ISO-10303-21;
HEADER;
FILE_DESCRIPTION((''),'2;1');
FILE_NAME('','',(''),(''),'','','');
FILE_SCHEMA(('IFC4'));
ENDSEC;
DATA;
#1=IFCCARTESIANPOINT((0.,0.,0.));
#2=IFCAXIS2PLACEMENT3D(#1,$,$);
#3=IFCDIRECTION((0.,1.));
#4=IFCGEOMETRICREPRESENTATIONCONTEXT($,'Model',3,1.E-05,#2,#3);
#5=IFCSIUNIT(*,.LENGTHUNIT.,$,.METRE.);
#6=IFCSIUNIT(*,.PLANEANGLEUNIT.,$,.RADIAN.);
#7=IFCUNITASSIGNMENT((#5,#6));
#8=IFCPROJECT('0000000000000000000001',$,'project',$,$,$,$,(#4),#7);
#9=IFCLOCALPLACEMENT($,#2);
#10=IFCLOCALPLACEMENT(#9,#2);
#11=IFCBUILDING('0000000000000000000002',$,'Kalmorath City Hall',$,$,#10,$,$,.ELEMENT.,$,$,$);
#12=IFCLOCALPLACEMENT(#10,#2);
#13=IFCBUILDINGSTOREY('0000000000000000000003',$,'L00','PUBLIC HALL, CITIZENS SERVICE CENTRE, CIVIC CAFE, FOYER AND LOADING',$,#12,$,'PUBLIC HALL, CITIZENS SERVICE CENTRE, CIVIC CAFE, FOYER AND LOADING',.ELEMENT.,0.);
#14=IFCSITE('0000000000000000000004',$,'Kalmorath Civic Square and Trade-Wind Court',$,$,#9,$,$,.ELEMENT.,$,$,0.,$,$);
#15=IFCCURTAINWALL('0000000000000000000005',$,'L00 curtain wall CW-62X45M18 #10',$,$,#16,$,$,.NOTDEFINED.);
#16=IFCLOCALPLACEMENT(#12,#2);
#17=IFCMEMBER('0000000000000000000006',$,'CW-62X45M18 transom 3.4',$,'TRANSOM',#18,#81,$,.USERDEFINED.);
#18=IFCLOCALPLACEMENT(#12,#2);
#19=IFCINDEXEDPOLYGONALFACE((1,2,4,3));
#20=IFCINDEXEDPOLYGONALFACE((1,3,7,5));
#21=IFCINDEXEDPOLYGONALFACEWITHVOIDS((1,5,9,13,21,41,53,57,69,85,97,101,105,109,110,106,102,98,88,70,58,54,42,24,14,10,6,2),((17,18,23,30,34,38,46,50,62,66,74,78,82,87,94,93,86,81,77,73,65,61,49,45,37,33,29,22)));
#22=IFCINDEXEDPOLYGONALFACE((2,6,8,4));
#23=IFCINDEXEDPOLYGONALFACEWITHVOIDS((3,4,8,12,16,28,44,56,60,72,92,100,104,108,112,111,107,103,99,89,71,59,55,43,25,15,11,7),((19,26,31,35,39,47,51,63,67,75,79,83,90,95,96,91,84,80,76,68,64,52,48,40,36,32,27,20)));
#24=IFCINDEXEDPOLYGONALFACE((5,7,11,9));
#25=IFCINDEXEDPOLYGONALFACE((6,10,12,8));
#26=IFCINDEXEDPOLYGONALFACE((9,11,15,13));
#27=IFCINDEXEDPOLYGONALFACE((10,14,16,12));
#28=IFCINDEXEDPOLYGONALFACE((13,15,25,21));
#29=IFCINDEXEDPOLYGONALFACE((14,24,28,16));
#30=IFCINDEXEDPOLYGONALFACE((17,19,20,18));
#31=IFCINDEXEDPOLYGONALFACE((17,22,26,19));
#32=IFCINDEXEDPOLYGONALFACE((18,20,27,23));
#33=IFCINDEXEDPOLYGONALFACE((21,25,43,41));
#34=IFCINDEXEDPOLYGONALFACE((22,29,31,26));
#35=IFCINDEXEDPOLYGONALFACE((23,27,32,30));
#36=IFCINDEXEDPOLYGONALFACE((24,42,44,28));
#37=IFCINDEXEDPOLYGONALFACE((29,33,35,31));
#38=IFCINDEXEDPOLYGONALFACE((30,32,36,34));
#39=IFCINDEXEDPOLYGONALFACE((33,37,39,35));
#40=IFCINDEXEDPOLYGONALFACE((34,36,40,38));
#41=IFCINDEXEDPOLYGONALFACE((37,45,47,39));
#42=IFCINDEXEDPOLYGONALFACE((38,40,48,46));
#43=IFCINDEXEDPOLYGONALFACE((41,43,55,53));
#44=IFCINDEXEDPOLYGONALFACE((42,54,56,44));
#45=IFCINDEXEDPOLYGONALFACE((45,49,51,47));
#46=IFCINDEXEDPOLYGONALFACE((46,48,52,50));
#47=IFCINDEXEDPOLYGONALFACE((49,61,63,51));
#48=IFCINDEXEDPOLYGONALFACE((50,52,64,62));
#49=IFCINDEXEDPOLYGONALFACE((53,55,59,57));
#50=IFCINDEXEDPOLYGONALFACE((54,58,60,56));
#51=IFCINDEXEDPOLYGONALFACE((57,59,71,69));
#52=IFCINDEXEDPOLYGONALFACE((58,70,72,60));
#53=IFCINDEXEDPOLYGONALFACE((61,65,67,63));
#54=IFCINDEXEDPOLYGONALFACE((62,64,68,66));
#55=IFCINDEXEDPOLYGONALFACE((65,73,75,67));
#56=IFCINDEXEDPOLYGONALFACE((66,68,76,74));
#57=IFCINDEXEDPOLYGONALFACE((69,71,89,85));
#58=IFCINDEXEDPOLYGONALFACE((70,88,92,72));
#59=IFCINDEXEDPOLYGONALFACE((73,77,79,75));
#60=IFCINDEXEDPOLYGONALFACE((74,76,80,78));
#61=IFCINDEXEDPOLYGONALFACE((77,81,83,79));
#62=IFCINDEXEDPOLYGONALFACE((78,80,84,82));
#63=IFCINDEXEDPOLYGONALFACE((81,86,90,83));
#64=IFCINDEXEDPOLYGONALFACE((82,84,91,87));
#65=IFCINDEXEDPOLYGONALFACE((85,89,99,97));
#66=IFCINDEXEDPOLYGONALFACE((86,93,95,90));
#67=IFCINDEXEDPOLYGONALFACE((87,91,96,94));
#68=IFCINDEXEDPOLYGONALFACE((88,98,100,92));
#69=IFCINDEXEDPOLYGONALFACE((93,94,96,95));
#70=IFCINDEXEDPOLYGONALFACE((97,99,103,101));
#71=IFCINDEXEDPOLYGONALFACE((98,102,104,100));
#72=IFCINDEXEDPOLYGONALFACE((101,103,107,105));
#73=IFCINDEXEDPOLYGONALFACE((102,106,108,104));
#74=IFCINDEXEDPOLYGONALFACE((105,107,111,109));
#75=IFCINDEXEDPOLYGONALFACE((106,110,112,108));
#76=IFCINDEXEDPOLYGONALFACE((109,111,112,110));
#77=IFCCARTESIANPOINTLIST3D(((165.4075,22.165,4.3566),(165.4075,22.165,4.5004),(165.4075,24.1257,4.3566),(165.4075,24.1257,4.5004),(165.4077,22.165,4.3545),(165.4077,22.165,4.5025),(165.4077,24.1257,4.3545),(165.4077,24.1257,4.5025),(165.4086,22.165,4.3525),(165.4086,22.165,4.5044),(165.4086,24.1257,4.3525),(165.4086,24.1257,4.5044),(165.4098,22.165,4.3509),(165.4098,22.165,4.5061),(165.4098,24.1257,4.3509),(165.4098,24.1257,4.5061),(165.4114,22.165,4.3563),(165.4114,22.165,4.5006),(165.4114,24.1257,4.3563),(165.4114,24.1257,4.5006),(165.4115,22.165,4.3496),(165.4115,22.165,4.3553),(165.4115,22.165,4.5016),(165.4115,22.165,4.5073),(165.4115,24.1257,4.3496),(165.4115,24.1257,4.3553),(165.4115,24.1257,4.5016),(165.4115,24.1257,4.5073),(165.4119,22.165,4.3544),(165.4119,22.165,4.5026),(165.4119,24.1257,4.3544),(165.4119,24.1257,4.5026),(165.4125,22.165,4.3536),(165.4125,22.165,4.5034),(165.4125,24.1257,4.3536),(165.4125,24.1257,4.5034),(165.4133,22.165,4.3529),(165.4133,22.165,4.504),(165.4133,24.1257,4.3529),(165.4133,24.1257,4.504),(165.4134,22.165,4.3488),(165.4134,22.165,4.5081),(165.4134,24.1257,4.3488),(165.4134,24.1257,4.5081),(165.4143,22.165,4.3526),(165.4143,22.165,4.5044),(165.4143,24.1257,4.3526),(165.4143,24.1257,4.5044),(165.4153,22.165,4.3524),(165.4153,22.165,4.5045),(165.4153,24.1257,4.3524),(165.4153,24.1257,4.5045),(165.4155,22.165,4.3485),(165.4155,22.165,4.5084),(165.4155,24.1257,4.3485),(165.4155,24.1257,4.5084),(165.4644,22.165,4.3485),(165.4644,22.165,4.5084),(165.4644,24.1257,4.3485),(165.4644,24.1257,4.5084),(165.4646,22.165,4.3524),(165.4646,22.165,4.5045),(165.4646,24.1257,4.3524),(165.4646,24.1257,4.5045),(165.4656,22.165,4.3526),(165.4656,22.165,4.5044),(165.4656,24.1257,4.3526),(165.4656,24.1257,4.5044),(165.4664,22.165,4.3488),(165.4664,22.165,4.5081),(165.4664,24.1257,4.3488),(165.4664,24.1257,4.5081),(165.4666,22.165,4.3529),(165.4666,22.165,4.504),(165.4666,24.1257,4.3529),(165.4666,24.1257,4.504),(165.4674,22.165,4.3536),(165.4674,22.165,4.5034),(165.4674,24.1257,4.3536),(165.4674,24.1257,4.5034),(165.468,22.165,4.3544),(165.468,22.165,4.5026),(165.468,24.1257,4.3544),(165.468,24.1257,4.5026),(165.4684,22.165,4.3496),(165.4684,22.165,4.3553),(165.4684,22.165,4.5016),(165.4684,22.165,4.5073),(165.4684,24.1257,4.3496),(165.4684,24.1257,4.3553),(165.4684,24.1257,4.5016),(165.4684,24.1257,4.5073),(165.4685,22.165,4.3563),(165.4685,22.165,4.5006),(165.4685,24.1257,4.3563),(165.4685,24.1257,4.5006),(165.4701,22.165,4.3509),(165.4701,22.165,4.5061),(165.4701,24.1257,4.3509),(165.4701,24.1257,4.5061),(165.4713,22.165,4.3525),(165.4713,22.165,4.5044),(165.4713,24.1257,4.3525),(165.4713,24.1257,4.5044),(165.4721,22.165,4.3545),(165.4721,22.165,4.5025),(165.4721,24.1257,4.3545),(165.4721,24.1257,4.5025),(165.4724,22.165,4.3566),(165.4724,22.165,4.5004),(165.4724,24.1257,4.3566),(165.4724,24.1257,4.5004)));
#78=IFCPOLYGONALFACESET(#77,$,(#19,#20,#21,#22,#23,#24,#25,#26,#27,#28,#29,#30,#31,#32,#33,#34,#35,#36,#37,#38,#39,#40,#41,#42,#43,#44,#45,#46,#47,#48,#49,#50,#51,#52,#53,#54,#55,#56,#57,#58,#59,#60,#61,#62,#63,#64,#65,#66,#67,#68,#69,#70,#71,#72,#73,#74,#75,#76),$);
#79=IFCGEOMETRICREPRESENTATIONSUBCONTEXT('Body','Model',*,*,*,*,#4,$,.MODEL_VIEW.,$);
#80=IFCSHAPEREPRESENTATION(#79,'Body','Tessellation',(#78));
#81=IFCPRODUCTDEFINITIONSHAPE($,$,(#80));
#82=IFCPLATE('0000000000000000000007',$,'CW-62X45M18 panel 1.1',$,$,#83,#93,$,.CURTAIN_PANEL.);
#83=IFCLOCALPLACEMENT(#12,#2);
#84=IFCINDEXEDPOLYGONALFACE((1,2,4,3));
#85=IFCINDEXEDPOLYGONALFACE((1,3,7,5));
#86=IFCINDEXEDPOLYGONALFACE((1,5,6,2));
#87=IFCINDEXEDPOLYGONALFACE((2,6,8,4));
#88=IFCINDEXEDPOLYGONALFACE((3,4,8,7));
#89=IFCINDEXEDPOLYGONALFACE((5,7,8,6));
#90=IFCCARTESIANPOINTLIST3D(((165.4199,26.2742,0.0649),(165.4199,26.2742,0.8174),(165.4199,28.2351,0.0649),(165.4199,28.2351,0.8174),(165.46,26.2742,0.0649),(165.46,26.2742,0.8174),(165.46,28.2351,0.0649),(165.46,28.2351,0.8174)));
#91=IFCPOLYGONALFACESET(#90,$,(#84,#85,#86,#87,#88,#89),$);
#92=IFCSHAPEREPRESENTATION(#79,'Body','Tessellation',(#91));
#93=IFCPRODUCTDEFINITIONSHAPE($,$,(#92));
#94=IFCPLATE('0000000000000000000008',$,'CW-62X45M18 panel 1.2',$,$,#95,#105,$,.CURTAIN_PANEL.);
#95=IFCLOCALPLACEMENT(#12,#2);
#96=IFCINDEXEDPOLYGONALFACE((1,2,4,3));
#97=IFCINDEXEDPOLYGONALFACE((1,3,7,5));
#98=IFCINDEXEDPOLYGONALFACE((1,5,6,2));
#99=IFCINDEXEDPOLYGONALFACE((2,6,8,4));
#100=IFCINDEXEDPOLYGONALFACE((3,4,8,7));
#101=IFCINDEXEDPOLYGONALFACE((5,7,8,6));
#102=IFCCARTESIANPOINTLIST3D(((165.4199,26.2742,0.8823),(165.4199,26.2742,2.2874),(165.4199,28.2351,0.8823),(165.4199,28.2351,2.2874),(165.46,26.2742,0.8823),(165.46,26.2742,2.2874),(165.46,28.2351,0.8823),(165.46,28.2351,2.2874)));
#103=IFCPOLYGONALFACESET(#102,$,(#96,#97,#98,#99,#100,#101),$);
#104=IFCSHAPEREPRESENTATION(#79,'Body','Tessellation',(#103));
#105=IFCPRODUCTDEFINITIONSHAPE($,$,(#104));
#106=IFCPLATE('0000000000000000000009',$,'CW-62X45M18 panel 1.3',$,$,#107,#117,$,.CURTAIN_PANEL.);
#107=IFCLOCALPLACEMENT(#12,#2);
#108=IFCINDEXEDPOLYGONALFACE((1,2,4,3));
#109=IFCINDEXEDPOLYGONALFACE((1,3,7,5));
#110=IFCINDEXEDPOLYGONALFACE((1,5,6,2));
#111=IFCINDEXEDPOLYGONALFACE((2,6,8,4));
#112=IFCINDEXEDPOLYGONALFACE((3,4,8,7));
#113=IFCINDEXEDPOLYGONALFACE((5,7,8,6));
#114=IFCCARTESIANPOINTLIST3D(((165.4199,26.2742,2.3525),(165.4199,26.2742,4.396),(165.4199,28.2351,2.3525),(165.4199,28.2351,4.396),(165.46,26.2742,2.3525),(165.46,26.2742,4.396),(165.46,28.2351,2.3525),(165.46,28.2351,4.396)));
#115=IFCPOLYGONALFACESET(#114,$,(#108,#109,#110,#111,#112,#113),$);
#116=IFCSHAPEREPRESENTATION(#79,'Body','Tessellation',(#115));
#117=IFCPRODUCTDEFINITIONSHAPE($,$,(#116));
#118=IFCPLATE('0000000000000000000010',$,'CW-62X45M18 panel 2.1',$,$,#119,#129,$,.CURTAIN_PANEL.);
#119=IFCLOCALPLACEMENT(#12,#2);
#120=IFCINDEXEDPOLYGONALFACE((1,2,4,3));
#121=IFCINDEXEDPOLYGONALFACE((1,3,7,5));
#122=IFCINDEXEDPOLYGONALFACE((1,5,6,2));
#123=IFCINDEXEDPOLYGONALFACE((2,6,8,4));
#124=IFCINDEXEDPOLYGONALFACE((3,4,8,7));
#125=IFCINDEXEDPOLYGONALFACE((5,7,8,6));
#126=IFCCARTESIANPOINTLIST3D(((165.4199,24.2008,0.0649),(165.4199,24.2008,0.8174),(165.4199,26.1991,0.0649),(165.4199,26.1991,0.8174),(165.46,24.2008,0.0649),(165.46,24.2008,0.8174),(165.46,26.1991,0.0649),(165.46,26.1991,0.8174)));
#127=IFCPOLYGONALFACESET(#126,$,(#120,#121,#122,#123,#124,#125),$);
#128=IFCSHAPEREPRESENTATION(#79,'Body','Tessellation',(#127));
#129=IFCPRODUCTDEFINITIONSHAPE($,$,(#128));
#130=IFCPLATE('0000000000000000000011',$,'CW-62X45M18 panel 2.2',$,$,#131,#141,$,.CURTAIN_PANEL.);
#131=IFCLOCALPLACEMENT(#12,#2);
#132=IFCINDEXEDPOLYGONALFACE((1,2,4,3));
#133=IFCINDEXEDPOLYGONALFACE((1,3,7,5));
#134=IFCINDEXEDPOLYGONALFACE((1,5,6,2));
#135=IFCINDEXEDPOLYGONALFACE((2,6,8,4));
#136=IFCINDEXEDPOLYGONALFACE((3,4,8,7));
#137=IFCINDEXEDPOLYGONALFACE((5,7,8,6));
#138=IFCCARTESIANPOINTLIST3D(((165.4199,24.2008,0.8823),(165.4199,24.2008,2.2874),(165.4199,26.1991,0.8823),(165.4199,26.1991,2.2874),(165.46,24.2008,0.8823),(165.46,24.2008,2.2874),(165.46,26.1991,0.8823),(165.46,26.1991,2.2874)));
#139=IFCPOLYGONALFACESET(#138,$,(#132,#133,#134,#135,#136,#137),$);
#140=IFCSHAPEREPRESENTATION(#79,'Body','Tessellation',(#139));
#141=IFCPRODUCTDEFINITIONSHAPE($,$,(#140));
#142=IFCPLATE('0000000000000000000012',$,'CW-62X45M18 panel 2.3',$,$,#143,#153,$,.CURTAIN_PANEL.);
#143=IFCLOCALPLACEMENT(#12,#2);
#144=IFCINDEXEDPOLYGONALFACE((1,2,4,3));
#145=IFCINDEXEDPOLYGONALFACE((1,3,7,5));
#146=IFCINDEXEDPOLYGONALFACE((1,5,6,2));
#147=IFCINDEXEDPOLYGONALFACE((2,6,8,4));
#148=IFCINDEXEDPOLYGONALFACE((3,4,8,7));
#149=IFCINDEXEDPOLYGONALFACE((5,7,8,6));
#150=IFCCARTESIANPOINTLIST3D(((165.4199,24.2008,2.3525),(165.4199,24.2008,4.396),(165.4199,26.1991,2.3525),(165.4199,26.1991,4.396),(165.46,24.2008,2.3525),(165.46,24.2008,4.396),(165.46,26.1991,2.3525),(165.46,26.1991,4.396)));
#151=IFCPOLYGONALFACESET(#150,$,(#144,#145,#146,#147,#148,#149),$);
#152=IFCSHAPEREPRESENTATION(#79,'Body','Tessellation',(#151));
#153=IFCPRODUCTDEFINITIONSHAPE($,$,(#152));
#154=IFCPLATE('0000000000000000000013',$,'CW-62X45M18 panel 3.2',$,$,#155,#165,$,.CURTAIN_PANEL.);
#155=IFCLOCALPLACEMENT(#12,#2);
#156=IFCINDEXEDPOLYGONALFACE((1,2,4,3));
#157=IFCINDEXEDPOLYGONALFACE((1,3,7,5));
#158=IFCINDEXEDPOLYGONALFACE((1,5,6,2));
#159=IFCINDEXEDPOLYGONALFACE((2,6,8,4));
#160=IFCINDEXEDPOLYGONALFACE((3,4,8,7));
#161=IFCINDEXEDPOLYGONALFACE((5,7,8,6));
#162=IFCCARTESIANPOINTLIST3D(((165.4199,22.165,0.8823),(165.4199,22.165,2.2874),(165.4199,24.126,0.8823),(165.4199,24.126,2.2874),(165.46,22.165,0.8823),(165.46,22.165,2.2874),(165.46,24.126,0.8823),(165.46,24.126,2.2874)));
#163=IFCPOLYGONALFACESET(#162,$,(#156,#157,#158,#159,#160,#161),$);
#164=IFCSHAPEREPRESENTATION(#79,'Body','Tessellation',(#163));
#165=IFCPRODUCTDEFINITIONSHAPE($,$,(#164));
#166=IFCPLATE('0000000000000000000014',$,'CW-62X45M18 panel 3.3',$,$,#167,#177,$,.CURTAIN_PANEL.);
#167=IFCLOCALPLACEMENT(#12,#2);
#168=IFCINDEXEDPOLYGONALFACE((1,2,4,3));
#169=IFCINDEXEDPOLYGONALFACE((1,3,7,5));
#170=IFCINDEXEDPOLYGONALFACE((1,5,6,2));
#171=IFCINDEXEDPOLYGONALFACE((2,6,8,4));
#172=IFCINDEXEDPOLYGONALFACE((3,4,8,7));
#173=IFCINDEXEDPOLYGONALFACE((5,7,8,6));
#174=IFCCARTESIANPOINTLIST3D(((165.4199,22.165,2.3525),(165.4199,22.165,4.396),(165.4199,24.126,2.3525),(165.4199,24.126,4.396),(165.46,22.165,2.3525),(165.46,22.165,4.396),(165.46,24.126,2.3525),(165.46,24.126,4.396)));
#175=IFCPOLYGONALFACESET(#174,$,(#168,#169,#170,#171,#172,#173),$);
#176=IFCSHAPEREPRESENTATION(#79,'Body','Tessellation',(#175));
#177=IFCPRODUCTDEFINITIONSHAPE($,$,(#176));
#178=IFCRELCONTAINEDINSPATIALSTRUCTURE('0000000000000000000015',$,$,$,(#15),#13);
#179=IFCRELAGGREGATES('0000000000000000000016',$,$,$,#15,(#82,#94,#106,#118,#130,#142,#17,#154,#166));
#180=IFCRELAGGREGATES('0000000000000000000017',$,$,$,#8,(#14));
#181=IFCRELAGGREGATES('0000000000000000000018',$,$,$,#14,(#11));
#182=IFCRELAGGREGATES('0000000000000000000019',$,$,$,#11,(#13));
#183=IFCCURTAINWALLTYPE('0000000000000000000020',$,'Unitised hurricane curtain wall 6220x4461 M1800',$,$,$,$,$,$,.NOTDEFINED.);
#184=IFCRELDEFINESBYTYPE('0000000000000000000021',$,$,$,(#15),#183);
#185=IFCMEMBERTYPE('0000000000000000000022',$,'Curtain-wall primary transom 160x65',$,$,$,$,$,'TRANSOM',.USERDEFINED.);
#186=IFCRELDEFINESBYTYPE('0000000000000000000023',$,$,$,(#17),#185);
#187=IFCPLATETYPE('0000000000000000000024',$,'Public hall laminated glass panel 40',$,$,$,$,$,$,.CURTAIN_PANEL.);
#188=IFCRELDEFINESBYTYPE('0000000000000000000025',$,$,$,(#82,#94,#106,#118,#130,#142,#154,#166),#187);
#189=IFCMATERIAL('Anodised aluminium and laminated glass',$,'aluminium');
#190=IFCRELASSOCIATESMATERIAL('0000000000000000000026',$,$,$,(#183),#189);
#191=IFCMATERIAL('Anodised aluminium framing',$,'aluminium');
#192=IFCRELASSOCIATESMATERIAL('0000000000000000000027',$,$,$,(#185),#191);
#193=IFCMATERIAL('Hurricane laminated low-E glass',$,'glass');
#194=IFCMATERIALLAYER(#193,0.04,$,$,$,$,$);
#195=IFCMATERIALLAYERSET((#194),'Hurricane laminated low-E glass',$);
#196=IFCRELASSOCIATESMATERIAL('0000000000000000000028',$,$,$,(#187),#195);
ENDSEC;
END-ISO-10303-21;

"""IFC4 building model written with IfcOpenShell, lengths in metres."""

from ifc_helpers import new_model, si_unit, direction, frame, origin, origin_2d, place, context, subcontext, project, spatial, rectangle, hollow_rectangle, extrude, material, layer, layer_set, material_profile, profile_set, type_object, element, aggregate, save


model = new_model("IFC4")

# Units and contexts
model_context = context("Model", 3, precision=1e-05, world=origin(), true_north=direction((0.0, 1.0)))
body_context = subcontext(model_context, "Body", "Model", "MODEL_VIEW")
ifc_project = project(units=[si_unit("LENGTHUNIT", "METRE"), si_unit("PLANEANGLEUNIT", "RADIAN")], contexts=[model_context])

# Site, building, storey
site_placement = place(None, origin())
site = spatial("IfcSite", under=ifc_project, at=site_placement, Name="Kalmorath Civic Square and Trade-Wind Court", CompositionType="ELEMENT", RefElevation=0.0)
building_placement = place(site_placement, origin())
building = spatial("IfcBuilding", under=site, at=building_placement, Name="Kalmorath City Hall", CompositionType="ELEMENT")
storey_placement = place(building_placement, origin())
storey = spatial("IfcBuildingStorey", under=building, at=storey_placement, Name="L00", Description="PUBLIC HALL, CITIZENS SERVICE CENTRE, CIVIC CAFE, FOYER AND LOADING", LongName="PUBLIC HALL, CITIZENS SERVICE CENTRE, CIVIC CAFE, FOYER AND LOADING", CompositionType="ELEMENT", Elevation=0.0)

# Curtain wall, member, plates
ifc_material_1 = material(Name="Anodised aluminium and laminated glass", Category="aluminium")
curtain_wall_type = type_object("IfcCurtainWallType", Name="Unitised hurricane curtain wall 6220x4461 M1800", PredefinedType="NOTDEFINED", material=ifc_material_1)
curtain_wall_placement = place(storey_placement, origin())
curtain_wall = element("IfcCurtainWall", 1, at=curtain_wall_placement, inside=storey, type_object=curtain_wall_type, Name="L00 curtain wall CW-62X45M18 #10", PredefinedType="NOTDEFINED")
ifc_material_2 = material(Name="Anodised aluminium framing", Category="aluminium")
ifc_material_profile_1 = material_profile(ifc_material_2, hollow_rectangle(XDim=0.0649, YDim=0.1599, WallThickness=0.0039, InnerFilletRadius=0.0039, OuterFilletRadius=0.0081, at=origin_2d()), Name="ALU-TRN-160X65X4")
ifc_profile_set_1 = profile_set([ifc_material_profile_1], Name="Anodised aluminium framing")
member_type_1 = type_object("IfcMemberType", Name="Curtain-wall primary transom 160x65", ElementType="TRANSOM", PredefinedType="USERDEFINED", material=ifc_profile_set_1)
member_1_placement = place(storey_placement, frame((165.4399, 24.1257, 4.4285), z_axis=(0.0, -1.0, 0.0), x_axis=(1.0, 0.0, 0.0)))
member_1 = element("IfcMember", 2, at=member_1_placement, type_object=member_type_1, Name="CW-62X45M18 transom 3.4", ObjectType="TRANSOM", PredefinedType="USERDEFINED", context=body_context, shape_type="SweptSolid", body=[
    extrude(hollow_rectangle(XDim=0.0649, YDim=0.1599, WallThickness=0.0039, InnerFilletRadius=0.0039, OuterFilletRadius=0.0081, at=origin_2d()), origin(), (0.0, 0.0, 1.0), 1.9607),
])
ifc_material_3 = material(Name="Hurricane laminated low-E glass", Category="glass")
ifc_layer = layer(ifc_material_3, 0.04)
ifc_layer_set = layer_set([ifc_layer], Name="Hurricane laminated low-E glass")
plate_type = type_object("IfcPlateType", Name="Public hall laminated glass panel 40", PredefinedType="CURTAIN_PANEL", material=ifc_layer_set)
plate_1_placement = place(storey_placement, frame((165.4399, 27.2546, 0.0649), z_axis=(0.0, 0.0, 1.0), x_axis=(0.0, -1.0, 0.0)))
plate_1 = element("IfcPlate", 3, at=plate_1_placement, type_object=plate_type, Name="CW-62X45M18 panel 1.1", PredefinedType="CURTAIN_PANEL", context=body_context, shape_type="SweptSolid", body=[
    extrude(rectangle(XDim=1.9609, YDim=0.04, at=origin_2d()), origin(), (0.0, 0.0, 1.0), 0.7524),
])
plate_2_placement = place(storey_placement, frame((165.4399, 27.2546, 0.8823), z_axis=(0.0, 0.0, 1.0), x_axis=(0.0, -1.0, 0.0)))
plate_2 = element("IfcPlate", 4, at=plate_2_placement, type_object=plate_type, Name="CW-62X45M18 panel 1.2", PredefinedType="CURTAIN_PANEL", context=body_context, shape_type="SweptSolid", body=[
    extrude(rectangle(XDim=1.9609, YDim=0.04, at=origin_2d()), origin(), (0.0, 0.0, 1.0), 1.405),
])
plate_3_placement = place(storey_placement, frame((165.4399, 27.2546, 2.3525), z_axis=(0.0, 0.0, 1.0), x_axis=(0.0, -1.0, 0.0)))
plate_3 = element("IfcPlate", 5, at=plate_3_placement, type_object=plate_type, Name="CW-62X45M18 panel 1.3", PredefinedType="CURTAIN_PANEL", context=body_context, shape_type="SweptSolid", body=[
    extrude(rectangle(XDim=1.9609, YDim=0.04, at=origin_2d()), origin(), (0.0, 0.0, 1.0), 2.0435),
])
plate_4_placement = place(storey_placement, frame((165.4399, 25.2, 0.0649), z_axis=(0.0, 0.0, 1.0), x_axis=(0.0, -1.0, 0.0)))
plate_4 = element("IfcPlate", 6, at=plate_4_placement, type_object=plate_type, Name="CW-62X45M18 panel 2.1", PredefinedType="CURTAIN_PANEL", context=body_context, shape_type="SweptSolid", body=[
    extrude(rectangle(XDim=1.9983, YDim=0.04, at=origin_2d()), origin(), (0.0, 0.0, 1.0), 0.7524),
])
plate_5_placement = place(storey_placement, frame((165.4399, 25.2, 0.8823), z_axis=(0.0, 0.0, 1.0), x_axis=(0.0, -1.0, 0.0)))
plate_5 = element("IfcPlate", 7, at=plate_5_placement, type_object=plate_type, Name="CW-62X45M18 panel 2.2", PredefinedType="CURTAIN_PANEL", context=body_context, shape_type="SweptSolid", body=[
    extrude(rectangle(XDim=1.9983, YDim=0.04, at=origin_2d()), origin(), (0.0, 0.0, 1.0), 1.405),
])
plate_6_placement = place(storey_placement, frame((165.4399, 25.2, 2.3525), z_axis=(0.0, 0.0, 1.0), x_axis=(0.0, -1.0, 0.0)))
plate_6 = element("IfcPlate", 8, at=plate_6_placement, type_object=plate_type, Name="CW-62X45M18 panel 2.3", PredefinedType="CURTAIN_PANEL", context=body_context, shape_type="SweptSolid", body=[
    extrude(rectangle(XDim=1.9983, YDim=0.04, at=origin_2d()), origin(), (0.0, 0.0, 1.0), 2.0435),
])
plate_7_placement = place(storey_placement, frame((165.4399, 23.1455, 0.8823), z_axis=(0.0, 0.0, 1.0), x_axis=(0.0, -1.0, 0.0)))
plate_7 = element("IfcPlate", 9, at=plate_7_placement, type_object=plate_type, Name="CW-62X45M18 panel 3.2", PredefinedType="CURTAIN_PANEL", context=body_context, shape_type="SweptSolid", body=[
    extrude(rectangle(XDim=1.9609, YDim=0.04, at=origin_2d()), origin(), (0.0, 0.0, 1.0), 1.405),
])
plate_8_placement = place(storey_placement, frame((165.4399, 23.1455, 2.3525), z_axis=(0.0, 0.0, 1.0), x_axis=(0.0, -1.0, 0.0)))
plate_8 = element("IfcPlate", 10, at=plate_8_placement, type_object=plate_type, Name="CW-62X45M18 panel 3.3", PredefinedType="CURTAIN_PANEL", context=body_context, shape_type="SweptSolid", body=[
    extrude(rectangle(XDim=1.9609, YDim=0.04, at=origin_2d()), origin(), (0.0, 0.0, 1.0), 2.0435),
])
aggregate(curtain_wall, [plate_1, plate_2, plate_3, plate_4, plate_5, plate_6, member_1, plate_7, plate_8])

save(model, "model.ifc")
